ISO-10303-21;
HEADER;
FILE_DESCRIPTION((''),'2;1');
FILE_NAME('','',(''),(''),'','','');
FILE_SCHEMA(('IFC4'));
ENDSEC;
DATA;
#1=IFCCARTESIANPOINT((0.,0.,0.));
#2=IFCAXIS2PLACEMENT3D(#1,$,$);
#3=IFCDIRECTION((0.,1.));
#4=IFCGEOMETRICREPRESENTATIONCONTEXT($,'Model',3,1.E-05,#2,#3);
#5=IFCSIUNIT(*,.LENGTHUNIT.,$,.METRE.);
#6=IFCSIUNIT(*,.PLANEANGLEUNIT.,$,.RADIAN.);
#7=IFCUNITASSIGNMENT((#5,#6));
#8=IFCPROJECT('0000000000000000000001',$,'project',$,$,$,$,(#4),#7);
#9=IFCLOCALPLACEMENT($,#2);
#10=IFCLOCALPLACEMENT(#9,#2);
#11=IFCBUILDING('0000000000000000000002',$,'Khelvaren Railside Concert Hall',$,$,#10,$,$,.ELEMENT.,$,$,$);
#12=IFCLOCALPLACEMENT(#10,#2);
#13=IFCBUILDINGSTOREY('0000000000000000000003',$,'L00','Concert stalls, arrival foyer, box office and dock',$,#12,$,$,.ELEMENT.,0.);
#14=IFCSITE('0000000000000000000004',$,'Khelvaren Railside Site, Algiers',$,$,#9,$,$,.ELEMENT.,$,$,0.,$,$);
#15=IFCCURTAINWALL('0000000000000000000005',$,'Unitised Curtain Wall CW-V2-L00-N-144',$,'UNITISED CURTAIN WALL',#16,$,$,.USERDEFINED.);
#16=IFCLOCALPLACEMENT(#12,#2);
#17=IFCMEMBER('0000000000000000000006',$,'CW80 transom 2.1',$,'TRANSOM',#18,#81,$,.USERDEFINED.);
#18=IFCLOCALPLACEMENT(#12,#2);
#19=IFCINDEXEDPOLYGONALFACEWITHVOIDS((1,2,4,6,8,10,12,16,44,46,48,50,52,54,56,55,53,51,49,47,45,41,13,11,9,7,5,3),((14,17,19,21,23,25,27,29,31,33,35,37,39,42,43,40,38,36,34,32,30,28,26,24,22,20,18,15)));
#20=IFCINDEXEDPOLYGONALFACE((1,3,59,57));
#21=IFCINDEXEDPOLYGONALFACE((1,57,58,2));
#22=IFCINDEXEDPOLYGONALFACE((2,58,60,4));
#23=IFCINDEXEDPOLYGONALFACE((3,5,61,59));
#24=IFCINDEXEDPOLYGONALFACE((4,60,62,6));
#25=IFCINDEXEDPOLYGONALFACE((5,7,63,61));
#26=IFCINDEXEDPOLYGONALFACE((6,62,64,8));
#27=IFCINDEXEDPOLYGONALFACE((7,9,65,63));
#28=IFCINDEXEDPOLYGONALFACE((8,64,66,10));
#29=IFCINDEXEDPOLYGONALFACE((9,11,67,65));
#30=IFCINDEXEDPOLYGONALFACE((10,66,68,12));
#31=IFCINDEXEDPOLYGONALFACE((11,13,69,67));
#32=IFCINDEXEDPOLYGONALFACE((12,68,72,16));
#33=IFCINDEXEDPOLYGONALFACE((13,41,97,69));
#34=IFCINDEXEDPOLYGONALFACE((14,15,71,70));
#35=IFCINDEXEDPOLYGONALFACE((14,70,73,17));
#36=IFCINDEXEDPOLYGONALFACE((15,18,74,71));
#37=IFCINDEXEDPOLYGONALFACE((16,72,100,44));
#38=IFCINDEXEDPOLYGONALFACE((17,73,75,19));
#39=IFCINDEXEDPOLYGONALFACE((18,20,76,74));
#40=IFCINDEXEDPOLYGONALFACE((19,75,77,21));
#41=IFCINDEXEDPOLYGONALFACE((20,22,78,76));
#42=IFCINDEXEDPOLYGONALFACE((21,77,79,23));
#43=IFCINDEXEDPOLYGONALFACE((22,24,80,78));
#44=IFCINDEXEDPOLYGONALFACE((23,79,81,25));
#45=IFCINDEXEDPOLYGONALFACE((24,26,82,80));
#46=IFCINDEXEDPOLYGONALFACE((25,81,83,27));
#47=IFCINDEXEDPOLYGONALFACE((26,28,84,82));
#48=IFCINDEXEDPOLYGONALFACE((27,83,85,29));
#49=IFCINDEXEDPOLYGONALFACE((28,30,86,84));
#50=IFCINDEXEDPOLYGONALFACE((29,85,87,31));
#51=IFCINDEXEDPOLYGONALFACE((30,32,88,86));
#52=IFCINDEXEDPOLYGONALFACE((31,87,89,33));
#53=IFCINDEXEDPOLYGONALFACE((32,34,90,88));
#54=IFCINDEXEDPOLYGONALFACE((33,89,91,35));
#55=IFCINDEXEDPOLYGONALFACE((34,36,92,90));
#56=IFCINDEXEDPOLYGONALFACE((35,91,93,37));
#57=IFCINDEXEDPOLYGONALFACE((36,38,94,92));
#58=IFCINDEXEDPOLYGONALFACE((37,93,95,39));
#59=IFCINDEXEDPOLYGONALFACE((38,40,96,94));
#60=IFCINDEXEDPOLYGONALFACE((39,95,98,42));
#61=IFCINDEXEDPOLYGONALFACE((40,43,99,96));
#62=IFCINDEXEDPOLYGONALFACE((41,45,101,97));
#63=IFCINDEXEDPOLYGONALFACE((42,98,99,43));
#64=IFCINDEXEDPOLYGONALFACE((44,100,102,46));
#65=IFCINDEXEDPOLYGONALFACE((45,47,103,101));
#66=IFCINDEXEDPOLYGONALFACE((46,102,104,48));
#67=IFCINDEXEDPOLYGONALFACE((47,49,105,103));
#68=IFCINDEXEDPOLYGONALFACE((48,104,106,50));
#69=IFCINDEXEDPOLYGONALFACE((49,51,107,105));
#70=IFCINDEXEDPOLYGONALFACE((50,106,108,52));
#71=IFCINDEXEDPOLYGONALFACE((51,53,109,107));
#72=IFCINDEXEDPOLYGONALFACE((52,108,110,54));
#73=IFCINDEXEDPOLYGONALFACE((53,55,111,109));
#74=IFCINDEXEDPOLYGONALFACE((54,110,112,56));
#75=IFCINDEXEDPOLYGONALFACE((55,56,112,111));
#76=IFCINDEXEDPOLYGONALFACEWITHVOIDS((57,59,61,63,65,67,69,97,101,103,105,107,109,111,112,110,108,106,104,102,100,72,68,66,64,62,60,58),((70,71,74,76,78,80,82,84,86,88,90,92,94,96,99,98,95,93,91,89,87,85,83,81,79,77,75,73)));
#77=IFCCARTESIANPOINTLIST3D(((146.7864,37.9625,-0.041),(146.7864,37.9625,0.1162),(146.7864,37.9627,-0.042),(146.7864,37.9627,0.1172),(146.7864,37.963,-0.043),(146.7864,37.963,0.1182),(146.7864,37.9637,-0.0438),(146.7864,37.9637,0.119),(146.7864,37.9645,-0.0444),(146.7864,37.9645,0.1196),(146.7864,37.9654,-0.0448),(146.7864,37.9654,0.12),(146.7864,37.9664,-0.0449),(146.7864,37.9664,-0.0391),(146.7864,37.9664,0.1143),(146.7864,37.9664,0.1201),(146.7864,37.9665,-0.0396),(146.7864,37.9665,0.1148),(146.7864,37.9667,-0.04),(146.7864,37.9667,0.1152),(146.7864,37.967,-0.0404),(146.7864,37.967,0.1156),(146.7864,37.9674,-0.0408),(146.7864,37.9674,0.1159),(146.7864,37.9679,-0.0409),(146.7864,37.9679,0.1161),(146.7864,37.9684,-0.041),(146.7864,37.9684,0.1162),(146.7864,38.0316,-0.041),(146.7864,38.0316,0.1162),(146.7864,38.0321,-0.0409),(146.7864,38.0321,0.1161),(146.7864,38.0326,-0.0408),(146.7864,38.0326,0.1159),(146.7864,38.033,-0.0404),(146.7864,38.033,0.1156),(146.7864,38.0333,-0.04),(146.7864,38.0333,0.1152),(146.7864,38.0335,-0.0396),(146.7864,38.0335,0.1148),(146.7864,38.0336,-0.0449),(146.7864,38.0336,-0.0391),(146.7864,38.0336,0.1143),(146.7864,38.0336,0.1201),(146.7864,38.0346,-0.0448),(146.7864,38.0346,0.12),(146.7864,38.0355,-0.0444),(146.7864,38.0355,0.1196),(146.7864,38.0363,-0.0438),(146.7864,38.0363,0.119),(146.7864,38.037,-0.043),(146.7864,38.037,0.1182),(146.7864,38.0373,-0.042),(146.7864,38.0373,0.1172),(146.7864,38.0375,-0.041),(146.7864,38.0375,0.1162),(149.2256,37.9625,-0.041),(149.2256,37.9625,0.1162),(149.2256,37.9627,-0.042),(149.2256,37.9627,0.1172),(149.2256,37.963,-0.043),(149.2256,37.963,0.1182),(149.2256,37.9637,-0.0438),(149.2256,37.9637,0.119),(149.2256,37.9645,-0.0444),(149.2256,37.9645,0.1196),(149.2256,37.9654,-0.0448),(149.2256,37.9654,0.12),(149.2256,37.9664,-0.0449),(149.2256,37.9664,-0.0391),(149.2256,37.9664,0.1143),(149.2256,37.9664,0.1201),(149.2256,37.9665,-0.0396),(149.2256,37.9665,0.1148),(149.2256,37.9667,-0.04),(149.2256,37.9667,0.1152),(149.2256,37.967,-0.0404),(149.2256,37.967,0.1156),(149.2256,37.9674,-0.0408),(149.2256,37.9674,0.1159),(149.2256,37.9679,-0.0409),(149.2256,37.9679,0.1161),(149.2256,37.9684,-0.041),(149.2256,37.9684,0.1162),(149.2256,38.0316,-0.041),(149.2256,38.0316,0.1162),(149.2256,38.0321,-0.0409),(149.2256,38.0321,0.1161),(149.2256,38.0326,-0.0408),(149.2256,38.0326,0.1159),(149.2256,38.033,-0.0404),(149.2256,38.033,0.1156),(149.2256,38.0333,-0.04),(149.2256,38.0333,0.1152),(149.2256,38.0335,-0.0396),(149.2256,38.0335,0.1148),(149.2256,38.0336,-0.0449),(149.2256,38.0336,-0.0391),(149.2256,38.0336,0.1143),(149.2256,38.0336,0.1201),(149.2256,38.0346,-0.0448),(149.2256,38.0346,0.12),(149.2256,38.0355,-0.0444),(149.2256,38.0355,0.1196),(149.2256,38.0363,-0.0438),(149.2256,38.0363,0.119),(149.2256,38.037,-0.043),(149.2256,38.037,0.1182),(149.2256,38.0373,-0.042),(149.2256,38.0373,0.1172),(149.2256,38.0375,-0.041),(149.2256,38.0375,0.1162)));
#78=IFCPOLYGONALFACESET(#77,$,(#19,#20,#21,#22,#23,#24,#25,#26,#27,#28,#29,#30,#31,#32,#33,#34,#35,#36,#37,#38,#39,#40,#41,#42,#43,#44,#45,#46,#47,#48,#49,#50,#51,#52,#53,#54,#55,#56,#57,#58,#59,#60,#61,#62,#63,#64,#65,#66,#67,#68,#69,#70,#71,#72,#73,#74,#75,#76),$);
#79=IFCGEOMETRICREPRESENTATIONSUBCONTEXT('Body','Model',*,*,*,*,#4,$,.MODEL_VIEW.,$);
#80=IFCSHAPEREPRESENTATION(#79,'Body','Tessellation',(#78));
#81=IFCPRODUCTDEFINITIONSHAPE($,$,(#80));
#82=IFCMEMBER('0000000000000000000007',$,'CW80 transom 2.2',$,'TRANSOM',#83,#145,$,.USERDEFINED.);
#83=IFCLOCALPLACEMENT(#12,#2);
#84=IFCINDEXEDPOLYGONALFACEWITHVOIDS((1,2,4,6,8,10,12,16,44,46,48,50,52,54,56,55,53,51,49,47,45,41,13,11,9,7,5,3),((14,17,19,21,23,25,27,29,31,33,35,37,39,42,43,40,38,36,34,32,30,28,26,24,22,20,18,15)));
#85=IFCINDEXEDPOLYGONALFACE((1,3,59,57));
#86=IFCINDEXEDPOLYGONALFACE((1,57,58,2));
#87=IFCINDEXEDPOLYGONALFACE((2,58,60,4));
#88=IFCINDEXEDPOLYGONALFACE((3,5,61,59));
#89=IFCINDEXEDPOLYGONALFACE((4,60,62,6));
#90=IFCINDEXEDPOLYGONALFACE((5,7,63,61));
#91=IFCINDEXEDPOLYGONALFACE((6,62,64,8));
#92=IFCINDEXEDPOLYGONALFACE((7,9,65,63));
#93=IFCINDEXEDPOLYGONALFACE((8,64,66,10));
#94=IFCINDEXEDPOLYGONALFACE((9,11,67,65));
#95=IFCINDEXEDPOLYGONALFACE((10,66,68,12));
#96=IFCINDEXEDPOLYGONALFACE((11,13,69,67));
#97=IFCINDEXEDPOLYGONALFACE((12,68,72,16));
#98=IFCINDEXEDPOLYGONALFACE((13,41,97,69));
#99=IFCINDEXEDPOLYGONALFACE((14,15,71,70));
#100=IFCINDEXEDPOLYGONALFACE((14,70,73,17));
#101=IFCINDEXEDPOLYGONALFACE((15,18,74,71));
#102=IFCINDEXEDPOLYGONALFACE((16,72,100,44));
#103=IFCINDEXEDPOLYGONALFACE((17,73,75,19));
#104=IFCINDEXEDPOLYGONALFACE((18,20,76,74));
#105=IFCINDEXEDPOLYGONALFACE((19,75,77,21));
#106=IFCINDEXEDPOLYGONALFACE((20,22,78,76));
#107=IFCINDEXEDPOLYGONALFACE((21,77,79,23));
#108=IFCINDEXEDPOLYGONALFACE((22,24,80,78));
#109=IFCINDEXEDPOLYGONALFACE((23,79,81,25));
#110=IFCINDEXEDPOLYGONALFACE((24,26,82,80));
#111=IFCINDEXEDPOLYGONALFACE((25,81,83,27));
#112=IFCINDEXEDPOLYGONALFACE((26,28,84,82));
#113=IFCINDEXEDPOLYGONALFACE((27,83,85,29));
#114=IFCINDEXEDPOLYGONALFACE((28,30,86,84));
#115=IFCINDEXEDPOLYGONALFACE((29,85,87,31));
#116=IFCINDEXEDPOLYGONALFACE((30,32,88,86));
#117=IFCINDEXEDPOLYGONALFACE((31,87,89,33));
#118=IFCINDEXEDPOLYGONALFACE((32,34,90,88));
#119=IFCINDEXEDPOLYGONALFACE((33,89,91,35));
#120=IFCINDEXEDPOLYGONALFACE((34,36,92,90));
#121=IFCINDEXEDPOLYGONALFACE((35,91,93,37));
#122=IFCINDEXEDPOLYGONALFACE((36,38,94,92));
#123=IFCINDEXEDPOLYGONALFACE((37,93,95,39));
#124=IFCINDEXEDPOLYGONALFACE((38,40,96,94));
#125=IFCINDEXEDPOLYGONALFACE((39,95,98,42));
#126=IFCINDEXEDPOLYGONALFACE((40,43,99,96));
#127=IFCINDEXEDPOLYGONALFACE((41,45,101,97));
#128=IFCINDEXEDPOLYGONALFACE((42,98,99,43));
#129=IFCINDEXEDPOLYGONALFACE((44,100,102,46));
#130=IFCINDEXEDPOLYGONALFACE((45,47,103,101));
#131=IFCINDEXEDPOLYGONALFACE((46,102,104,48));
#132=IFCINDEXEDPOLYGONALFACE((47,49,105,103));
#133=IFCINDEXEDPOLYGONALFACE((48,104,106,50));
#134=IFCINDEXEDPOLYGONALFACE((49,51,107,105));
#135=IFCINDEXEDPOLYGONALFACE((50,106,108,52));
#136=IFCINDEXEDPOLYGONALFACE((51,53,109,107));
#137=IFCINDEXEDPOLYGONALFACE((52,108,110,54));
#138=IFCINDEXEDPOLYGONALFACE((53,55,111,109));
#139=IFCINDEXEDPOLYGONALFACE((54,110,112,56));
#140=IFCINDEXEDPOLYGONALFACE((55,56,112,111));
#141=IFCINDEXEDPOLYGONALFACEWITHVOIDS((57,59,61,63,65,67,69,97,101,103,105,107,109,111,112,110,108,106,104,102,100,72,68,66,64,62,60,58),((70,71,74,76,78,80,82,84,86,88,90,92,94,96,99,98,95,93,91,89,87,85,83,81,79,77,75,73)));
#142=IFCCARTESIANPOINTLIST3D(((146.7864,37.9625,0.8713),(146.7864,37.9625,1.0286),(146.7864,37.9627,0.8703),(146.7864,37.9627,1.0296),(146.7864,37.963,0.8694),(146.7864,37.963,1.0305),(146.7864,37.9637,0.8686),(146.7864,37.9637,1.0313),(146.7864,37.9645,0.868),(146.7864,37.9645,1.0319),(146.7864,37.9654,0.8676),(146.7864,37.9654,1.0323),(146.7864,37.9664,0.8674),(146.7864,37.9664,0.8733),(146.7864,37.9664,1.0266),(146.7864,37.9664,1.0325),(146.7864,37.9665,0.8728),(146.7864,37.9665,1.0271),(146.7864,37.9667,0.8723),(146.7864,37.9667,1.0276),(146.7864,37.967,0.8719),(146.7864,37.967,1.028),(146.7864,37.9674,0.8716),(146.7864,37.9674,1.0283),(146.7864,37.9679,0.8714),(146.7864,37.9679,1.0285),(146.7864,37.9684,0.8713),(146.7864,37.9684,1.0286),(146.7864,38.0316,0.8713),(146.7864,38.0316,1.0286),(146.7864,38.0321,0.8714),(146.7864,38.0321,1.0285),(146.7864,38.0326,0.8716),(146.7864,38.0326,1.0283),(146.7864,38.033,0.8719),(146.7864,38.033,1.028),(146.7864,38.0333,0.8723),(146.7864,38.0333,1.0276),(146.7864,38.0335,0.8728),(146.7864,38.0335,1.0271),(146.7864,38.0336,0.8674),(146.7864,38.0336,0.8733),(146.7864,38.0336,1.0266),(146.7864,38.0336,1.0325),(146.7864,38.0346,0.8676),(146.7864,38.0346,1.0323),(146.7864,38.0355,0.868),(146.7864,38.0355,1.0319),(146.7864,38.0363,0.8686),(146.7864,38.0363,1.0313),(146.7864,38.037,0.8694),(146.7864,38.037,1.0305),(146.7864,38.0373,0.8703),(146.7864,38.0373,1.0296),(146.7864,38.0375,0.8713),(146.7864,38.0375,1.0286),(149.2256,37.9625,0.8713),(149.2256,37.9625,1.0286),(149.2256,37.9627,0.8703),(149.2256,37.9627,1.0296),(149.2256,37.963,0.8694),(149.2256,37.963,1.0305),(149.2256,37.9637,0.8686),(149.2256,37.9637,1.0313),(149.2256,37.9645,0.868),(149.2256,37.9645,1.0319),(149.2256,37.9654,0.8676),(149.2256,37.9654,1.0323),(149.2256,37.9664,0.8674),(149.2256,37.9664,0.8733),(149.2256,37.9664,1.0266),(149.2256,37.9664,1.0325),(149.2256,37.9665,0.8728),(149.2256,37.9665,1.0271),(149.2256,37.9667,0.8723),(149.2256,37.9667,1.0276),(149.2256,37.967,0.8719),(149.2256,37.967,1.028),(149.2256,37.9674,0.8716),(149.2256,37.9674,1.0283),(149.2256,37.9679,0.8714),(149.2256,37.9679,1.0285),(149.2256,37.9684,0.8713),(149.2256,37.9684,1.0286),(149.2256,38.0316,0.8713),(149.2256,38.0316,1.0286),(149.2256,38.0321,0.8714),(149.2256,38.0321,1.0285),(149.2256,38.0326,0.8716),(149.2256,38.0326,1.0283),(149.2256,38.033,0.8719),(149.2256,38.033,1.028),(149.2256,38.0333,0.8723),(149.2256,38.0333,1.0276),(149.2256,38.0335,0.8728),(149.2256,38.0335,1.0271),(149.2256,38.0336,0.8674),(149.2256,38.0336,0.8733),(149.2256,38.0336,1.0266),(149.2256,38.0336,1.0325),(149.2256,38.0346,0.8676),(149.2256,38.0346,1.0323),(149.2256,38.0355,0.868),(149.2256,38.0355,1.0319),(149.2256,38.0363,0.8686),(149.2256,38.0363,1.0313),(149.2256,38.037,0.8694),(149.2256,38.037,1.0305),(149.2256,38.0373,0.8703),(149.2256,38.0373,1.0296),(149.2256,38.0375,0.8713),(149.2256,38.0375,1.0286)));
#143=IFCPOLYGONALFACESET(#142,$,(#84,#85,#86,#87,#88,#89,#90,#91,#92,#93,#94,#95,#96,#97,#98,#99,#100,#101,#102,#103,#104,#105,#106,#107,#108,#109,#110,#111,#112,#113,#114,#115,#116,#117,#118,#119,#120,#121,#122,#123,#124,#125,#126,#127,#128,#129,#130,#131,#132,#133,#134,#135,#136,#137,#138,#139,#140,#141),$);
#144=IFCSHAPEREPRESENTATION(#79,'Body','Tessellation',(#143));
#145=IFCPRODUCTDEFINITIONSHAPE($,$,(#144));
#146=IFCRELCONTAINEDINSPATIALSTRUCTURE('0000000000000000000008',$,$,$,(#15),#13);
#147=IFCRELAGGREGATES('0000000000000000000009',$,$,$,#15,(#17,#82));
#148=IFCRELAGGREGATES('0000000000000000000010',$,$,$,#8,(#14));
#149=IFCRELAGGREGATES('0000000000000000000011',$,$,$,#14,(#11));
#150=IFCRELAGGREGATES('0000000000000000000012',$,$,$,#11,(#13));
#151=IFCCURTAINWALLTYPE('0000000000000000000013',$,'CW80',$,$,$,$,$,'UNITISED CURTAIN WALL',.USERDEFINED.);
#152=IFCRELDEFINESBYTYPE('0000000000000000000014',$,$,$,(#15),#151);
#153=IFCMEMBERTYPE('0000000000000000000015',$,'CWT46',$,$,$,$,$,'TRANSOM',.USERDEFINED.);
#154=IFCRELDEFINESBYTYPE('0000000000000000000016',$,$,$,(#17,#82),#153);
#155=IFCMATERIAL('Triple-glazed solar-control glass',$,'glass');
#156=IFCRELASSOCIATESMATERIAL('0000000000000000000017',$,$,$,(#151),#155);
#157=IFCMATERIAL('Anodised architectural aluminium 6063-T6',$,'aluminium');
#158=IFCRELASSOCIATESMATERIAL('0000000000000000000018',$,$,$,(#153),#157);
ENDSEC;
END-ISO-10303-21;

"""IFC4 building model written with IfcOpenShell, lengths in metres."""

from ifc_helpers import new_model, si_unit, direction, frame, origin, origin_2d, place, context, subcontext, project, spatial, hollow_rectangle, extrude, material, material_profile, profile_set, type_object, element, aggregate, save


model = new_model("IFC4")

# Units and contexts
model_context = context("Model", 3, precision=1e-05, world=origin(), true_north=direction((0.0, 1.0)))
body_context = subcontext(model_context, "Body", "Model", "MODEL_VIEW")
ifc_project = project(units=[si_unit("LENGTHUNIT", "METRE"), si_unit("PLANEANGLEUNIT", "RADIAN")], contexts=[model_context])

# Site, building, storey
site_placement = place(None, origin())
site = spatial("IfcSite", under=ifc_project, at=site_placement, Name="Khelvaren Railside Site, Algiers", CompositionType="ELEMENT", RefElevation=0.0)
building_placement = place(site_placement, origin())
building = spatial("IfcBuilding", under=site, at=building_placement, Name="Khelvaren Railside Concert Hall", CompositionType="ELEMENT")
storey_placement = place(building_placement, origin())
storey = spatial("IfcBuildingStorey", under=building, at=storey_placement, Name="L00", Description="Concert stalls, arrival foyer, box office and dock", CompositionType="ELEMENT", Elevation=0.0)

# Curtain wall
ifc_material_1 = material(Name="Triple-glazed solar-control glass", Category="glass")
curtain_wall_type_1 = type_object("IfcCurtainWallType", Name="CW80", ElementType="UNITISED CURTAIN WALL", PredefinedType="USERDEFINED", material=ifc_material_1)
curtain_wall_1_placement = place(storey_placement, origin())
curtain_wall_1 = element("IfcCurtainWall", 1, at=curtain_wall_1_placement, inside=storey, type_object=curtain_wall_type_1, Name="Unitised Curtain Wall CW-V2-L00-N-144", ObjectType="UNITISED CURTAIN WALL", PredefinedType="USERDEFINED")
ifc_material_2 = material(Name="Anodised architectural aluminium 6063-T6", Category="aluminium")

# Members
ifc_material_profile_1 = material_profile(ifc_material_2, hollow_rectangle(XDim=0.075, YDim=0.165, WallThickness=0.0039, InnerFilletRadius=0.002, OuterFilletRadius=0.0039, at=origin_2d()), Name="CWT 75x165x4")
ifc_profile_set_1 = profile_set([ifc_material_profile_1], Name="Anodised architectural aluminium 6063-T6")
member_type_1 = type_object("IfcMemberType", Name="CWT46", ElementType="TRANSOM", PredefinedType="USERDEFINED", material=ifc_profile_set_1)
member_1_placement = place(storey_placement, frame((146.7864, 38.0, 0.0376), z_axis=(1.0, 0.0, 0.0), x_axis=(0.0, 1.0, 0.0)))
member_1 = element("IfcMember", 2, at=member_1_placement, type_object=member_type_1, Name="CW80 transom 2.1", ObjectType="TRANSOM", PredefinedType="USERDEFINED", context=body_context, shape_type="SweptSolid", body=[
    extrude(hollow_rectangle(XDim=0.075, YDim=0.165, WallThickness=0.0039, InnerFilletRadius=0.002, OuterFilletRadius=0.0039, at=origin_2d()), origin(), (0.0, 0.0, 1.0), 2.4392),
])
member_2_placement = place(storey_placement, frame((146.7864, 38.0, 0.95), z_axis=(1.0, 0.0, 0.0), x_axis=(0.0, 1.0, 0.0)))
member_2 = element("IfcMember", 3, at=member_2_placement, type_object=member_type_1, Name="CW80 transom 2.2", ObjectType="TRANSOM", PredefinedType="USERDEFINED", context=body_context, shape_type="SweptSolid", body=[
    extrude(hollow_rectangle(XDim=0.075, YDim=0.165, WallThickness=0.0039, InnerFilletRadius=0.002, OuterFilletRadius=0.0039, at=origin_2d()), origin(), (0.0, 0.0, 1.0), 2.4392),
])

aggregate(curtain_wall_1, [member_1, member_2])

save(model, "model.ifc")
